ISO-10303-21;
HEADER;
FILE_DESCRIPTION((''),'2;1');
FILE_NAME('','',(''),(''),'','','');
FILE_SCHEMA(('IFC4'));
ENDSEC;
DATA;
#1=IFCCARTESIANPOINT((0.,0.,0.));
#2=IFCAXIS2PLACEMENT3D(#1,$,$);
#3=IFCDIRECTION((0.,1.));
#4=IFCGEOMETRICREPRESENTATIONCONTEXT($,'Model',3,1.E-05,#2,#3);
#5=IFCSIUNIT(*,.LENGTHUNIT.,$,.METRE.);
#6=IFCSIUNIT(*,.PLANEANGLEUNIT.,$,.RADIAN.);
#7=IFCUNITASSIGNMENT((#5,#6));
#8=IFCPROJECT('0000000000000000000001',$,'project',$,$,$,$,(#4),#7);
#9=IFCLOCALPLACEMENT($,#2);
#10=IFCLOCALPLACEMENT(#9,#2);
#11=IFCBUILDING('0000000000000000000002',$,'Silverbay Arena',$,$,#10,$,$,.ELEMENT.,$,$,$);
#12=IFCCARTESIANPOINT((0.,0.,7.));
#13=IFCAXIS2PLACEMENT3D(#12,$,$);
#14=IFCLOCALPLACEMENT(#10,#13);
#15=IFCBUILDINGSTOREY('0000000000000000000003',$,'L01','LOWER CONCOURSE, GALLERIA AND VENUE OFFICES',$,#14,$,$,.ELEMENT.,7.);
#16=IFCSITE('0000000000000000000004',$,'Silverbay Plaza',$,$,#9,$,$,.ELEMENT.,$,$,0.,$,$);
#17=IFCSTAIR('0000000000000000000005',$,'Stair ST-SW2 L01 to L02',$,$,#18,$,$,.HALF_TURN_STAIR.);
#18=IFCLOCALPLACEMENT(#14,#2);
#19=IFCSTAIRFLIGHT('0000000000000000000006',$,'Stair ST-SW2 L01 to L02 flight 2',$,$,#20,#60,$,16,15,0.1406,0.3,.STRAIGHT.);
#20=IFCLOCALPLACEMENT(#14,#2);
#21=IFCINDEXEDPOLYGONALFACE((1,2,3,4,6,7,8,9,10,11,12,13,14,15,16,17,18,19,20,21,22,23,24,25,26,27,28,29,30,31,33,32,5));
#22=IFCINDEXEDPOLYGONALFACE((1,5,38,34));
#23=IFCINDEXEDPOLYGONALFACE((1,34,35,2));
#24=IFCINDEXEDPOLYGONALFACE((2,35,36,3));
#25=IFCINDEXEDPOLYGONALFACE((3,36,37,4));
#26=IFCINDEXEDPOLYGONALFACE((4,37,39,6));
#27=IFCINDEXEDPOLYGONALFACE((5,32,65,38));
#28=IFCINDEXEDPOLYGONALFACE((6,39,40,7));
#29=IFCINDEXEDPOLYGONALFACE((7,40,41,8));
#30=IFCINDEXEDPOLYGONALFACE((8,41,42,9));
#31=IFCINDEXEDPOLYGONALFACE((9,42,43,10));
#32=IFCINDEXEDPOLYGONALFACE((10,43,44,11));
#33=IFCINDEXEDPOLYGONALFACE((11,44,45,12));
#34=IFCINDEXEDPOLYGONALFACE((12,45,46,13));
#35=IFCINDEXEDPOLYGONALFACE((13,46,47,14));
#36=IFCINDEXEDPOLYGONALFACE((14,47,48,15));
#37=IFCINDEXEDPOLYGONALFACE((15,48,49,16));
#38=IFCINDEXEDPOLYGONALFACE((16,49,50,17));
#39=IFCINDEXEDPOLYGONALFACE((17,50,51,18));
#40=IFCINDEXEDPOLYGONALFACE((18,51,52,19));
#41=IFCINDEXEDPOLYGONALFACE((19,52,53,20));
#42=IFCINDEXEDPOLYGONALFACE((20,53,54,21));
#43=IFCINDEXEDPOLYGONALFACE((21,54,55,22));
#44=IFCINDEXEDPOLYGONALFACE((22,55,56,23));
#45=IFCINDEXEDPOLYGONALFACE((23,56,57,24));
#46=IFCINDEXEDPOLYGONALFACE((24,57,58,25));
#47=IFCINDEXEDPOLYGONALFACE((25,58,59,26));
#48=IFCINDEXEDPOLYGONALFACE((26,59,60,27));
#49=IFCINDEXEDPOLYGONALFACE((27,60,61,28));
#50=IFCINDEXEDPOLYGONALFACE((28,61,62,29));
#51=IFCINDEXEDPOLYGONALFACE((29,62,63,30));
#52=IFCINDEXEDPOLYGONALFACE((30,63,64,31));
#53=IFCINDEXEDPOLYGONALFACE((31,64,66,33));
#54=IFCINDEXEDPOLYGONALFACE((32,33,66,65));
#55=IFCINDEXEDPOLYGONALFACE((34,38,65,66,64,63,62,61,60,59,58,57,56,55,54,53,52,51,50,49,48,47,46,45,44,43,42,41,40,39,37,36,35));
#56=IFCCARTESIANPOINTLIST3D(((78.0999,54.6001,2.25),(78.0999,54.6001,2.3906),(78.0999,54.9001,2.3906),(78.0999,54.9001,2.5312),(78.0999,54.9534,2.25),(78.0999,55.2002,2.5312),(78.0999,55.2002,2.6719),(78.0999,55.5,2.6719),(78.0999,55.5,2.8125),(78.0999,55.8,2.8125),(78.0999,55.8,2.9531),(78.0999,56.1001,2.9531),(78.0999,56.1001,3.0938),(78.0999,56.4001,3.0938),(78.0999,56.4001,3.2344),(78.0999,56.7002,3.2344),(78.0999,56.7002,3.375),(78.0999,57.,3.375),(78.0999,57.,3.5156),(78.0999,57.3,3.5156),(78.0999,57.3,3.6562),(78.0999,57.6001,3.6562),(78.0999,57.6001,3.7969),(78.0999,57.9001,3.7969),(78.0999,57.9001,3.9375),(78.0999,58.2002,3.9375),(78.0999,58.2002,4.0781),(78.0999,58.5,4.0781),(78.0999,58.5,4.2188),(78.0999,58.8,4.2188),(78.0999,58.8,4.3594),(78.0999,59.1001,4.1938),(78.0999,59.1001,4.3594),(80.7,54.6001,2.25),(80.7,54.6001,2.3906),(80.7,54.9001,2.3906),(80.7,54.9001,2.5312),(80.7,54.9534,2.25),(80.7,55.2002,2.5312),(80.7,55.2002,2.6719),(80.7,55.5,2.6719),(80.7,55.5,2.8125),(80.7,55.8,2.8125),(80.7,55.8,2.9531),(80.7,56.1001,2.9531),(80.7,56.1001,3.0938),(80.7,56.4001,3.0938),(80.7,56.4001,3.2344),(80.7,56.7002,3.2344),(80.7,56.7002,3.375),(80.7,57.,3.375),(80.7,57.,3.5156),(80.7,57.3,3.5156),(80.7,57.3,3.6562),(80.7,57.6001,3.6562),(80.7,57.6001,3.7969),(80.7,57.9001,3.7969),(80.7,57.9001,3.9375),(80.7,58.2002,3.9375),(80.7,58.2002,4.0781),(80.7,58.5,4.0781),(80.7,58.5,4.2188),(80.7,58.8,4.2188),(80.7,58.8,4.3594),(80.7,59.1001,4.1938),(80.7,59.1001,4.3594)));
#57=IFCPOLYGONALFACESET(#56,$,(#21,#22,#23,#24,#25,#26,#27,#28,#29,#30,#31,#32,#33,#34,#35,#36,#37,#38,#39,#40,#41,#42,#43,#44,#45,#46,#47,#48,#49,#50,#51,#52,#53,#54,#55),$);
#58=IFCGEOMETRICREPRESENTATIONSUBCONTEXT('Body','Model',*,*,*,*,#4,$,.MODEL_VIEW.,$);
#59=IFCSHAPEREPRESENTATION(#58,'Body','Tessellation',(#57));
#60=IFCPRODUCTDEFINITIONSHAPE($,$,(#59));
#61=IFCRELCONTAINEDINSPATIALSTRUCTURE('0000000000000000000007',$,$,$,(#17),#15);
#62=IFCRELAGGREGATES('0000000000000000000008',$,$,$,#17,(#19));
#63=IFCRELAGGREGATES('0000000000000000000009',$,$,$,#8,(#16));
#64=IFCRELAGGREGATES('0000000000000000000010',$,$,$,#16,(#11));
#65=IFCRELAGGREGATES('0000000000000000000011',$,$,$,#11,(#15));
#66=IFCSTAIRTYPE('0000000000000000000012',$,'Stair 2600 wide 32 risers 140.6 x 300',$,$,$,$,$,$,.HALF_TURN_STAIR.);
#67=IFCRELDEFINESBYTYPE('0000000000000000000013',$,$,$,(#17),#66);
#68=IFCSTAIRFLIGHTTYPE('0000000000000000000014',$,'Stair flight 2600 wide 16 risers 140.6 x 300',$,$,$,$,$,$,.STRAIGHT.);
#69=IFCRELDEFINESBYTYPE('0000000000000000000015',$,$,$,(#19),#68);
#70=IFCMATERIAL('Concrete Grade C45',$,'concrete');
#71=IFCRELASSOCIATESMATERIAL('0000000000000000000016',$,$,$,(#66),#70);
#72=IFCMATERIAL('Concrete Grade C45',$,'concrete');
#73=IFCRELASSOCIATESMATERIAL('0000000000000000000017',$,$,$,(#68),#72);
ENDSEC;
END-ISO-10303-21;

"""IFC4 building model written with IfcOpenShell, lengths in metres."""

from ifc_helpers import new_model, si_unit, direction, frame, origin, place, context, subcontext, project, spatial, polyline, outline, extrude, material, type_object, element, aggregate, save


model = new_model("IFC4")

# Units and contexts
model_context = context("Model", 3, precision=1e-05, world=origin(), true_north=direction((0.0, 1.0)))
body_context = subcontext(model_context, "Body", "Model", "MODEL_VIEW")
ifc_project = project(units=[si_unit("LENGTHUNIT", "METRE"), si_unit("PLANEANGLEUNIT", "RADIAN")], contexts=[model_context])

# Site, building, storey
site_placement = place(None, origin())
site = spatial("IfcSite", under=ifc_project, at=site_placement, Name="Silverbay Plaza", CompositionType="ELEMENT", RefElevation=0.0)
building_placement = place(site_placement, origin())
building = spatial("IfcBuilding", under=site, at=building_placement, Name="Silverbay Arena", CompositionType="ELEMENT")
storey_placement = place(building_placement, frame((0.0, 0.0, 7.0)))
storey = spatial("IfcBuildingStorey", under=building, at=storey_placement, Name="L01", Description="LOWER CONCOURSE, GALLERIA AND VENUE OFFICES", CompositionType="ELEMENT", Elevation=7.0)

# Stair, stair flight
ifc_material_1 = material(Name="Concrete Grade C45", Category="concrete")
stair_type = type_object("IfcStairType", Name="Stair 2600 wide 32 risers 140.6 x 300", PredefinedType="HALF_TURN_STAIR", material=ifc_material_1)
ifc_material_2 = material(Name="Concrete Grade C45", Category="concrete")
stair_flight_type = type_object("IfcStairFlightType", Name="Stair flight 2600 wide 16 risers 140.6 x 300", PredefinedType="STRAIGHT", material=ifc_material_2)
stair_1_placement = place(storey_placement, origin())
stair_1 = element("IfcStair", 1, at=stair_1_placement, inside=storey, type_object=stair_type, Name="Stair ST-SW2 L01 to L02", PredefinedType="HALF_TURN_STAIR")
stair_flight_1_placement = place(storey_placement, frame((79.3999, 54.6001, 2.25), z_axis=(0.0, 0.0, 1.0), x_axis=(0.0, 1.0, 0.0)))
stair_flight_1 = element("IfcStairFlight", 2, at=stair_flight_1_placement, type_object=stair_flight_type, Name="Stair ST-SW2 L01 to L02 flight 2", NumberOfRisers=16, NumberOfTreads=15, PredefinedType="STRAIGHT", RiserHeight=0.1406, TreadLength=0.3, context=body_context, shape_type="SweptSolid", body=[
    extrude(outline(polyline([(0.0, 0.0), (0.0, 0.1406), (0.3, 0.1406), (0.3, 0.2812), (0.6001, 0.2812), (0.6001, 0.4219), (0.8999, 0.4219), (0.8999, 0.5625), (1.2, 0.5625), (1.2, 0.7031), (1.5, 0.7031), (1.5, 0.8438), (1.8, 0.8438), (1.8, 0.9844), (2.1001, 0.9844), (2.1001, 1.125), (2.3999, 1.125), (2.3999, 1.2656), (2.7, 1.2656), (2.7, 1.4062), (3.0, 1.4062), (3.0, 1.5469), (3.3, 1.5469), (3.3, 1.6875), (3.6001, 1.6875), (3.6001, 1.8281), (3.8999, 1.8281), (3.8999, 1.9688), (4.2, 1.9688), (4.2, 2.1094), (4.5, 2.1094), (4.5, 1.9438), (0.3533, 0.0), (0.0, 0.0)])), frame((0.0, 1.3, 0.0), z_axis=(0.0, -1.0, 0.0), x_axis=(1.0, 0.0, 0.0)), (0.0, 0.0, 1.0), 2.6001),
])
aggregate(stair_1, [stair_flight_1])

save(model, "model.ifc")
